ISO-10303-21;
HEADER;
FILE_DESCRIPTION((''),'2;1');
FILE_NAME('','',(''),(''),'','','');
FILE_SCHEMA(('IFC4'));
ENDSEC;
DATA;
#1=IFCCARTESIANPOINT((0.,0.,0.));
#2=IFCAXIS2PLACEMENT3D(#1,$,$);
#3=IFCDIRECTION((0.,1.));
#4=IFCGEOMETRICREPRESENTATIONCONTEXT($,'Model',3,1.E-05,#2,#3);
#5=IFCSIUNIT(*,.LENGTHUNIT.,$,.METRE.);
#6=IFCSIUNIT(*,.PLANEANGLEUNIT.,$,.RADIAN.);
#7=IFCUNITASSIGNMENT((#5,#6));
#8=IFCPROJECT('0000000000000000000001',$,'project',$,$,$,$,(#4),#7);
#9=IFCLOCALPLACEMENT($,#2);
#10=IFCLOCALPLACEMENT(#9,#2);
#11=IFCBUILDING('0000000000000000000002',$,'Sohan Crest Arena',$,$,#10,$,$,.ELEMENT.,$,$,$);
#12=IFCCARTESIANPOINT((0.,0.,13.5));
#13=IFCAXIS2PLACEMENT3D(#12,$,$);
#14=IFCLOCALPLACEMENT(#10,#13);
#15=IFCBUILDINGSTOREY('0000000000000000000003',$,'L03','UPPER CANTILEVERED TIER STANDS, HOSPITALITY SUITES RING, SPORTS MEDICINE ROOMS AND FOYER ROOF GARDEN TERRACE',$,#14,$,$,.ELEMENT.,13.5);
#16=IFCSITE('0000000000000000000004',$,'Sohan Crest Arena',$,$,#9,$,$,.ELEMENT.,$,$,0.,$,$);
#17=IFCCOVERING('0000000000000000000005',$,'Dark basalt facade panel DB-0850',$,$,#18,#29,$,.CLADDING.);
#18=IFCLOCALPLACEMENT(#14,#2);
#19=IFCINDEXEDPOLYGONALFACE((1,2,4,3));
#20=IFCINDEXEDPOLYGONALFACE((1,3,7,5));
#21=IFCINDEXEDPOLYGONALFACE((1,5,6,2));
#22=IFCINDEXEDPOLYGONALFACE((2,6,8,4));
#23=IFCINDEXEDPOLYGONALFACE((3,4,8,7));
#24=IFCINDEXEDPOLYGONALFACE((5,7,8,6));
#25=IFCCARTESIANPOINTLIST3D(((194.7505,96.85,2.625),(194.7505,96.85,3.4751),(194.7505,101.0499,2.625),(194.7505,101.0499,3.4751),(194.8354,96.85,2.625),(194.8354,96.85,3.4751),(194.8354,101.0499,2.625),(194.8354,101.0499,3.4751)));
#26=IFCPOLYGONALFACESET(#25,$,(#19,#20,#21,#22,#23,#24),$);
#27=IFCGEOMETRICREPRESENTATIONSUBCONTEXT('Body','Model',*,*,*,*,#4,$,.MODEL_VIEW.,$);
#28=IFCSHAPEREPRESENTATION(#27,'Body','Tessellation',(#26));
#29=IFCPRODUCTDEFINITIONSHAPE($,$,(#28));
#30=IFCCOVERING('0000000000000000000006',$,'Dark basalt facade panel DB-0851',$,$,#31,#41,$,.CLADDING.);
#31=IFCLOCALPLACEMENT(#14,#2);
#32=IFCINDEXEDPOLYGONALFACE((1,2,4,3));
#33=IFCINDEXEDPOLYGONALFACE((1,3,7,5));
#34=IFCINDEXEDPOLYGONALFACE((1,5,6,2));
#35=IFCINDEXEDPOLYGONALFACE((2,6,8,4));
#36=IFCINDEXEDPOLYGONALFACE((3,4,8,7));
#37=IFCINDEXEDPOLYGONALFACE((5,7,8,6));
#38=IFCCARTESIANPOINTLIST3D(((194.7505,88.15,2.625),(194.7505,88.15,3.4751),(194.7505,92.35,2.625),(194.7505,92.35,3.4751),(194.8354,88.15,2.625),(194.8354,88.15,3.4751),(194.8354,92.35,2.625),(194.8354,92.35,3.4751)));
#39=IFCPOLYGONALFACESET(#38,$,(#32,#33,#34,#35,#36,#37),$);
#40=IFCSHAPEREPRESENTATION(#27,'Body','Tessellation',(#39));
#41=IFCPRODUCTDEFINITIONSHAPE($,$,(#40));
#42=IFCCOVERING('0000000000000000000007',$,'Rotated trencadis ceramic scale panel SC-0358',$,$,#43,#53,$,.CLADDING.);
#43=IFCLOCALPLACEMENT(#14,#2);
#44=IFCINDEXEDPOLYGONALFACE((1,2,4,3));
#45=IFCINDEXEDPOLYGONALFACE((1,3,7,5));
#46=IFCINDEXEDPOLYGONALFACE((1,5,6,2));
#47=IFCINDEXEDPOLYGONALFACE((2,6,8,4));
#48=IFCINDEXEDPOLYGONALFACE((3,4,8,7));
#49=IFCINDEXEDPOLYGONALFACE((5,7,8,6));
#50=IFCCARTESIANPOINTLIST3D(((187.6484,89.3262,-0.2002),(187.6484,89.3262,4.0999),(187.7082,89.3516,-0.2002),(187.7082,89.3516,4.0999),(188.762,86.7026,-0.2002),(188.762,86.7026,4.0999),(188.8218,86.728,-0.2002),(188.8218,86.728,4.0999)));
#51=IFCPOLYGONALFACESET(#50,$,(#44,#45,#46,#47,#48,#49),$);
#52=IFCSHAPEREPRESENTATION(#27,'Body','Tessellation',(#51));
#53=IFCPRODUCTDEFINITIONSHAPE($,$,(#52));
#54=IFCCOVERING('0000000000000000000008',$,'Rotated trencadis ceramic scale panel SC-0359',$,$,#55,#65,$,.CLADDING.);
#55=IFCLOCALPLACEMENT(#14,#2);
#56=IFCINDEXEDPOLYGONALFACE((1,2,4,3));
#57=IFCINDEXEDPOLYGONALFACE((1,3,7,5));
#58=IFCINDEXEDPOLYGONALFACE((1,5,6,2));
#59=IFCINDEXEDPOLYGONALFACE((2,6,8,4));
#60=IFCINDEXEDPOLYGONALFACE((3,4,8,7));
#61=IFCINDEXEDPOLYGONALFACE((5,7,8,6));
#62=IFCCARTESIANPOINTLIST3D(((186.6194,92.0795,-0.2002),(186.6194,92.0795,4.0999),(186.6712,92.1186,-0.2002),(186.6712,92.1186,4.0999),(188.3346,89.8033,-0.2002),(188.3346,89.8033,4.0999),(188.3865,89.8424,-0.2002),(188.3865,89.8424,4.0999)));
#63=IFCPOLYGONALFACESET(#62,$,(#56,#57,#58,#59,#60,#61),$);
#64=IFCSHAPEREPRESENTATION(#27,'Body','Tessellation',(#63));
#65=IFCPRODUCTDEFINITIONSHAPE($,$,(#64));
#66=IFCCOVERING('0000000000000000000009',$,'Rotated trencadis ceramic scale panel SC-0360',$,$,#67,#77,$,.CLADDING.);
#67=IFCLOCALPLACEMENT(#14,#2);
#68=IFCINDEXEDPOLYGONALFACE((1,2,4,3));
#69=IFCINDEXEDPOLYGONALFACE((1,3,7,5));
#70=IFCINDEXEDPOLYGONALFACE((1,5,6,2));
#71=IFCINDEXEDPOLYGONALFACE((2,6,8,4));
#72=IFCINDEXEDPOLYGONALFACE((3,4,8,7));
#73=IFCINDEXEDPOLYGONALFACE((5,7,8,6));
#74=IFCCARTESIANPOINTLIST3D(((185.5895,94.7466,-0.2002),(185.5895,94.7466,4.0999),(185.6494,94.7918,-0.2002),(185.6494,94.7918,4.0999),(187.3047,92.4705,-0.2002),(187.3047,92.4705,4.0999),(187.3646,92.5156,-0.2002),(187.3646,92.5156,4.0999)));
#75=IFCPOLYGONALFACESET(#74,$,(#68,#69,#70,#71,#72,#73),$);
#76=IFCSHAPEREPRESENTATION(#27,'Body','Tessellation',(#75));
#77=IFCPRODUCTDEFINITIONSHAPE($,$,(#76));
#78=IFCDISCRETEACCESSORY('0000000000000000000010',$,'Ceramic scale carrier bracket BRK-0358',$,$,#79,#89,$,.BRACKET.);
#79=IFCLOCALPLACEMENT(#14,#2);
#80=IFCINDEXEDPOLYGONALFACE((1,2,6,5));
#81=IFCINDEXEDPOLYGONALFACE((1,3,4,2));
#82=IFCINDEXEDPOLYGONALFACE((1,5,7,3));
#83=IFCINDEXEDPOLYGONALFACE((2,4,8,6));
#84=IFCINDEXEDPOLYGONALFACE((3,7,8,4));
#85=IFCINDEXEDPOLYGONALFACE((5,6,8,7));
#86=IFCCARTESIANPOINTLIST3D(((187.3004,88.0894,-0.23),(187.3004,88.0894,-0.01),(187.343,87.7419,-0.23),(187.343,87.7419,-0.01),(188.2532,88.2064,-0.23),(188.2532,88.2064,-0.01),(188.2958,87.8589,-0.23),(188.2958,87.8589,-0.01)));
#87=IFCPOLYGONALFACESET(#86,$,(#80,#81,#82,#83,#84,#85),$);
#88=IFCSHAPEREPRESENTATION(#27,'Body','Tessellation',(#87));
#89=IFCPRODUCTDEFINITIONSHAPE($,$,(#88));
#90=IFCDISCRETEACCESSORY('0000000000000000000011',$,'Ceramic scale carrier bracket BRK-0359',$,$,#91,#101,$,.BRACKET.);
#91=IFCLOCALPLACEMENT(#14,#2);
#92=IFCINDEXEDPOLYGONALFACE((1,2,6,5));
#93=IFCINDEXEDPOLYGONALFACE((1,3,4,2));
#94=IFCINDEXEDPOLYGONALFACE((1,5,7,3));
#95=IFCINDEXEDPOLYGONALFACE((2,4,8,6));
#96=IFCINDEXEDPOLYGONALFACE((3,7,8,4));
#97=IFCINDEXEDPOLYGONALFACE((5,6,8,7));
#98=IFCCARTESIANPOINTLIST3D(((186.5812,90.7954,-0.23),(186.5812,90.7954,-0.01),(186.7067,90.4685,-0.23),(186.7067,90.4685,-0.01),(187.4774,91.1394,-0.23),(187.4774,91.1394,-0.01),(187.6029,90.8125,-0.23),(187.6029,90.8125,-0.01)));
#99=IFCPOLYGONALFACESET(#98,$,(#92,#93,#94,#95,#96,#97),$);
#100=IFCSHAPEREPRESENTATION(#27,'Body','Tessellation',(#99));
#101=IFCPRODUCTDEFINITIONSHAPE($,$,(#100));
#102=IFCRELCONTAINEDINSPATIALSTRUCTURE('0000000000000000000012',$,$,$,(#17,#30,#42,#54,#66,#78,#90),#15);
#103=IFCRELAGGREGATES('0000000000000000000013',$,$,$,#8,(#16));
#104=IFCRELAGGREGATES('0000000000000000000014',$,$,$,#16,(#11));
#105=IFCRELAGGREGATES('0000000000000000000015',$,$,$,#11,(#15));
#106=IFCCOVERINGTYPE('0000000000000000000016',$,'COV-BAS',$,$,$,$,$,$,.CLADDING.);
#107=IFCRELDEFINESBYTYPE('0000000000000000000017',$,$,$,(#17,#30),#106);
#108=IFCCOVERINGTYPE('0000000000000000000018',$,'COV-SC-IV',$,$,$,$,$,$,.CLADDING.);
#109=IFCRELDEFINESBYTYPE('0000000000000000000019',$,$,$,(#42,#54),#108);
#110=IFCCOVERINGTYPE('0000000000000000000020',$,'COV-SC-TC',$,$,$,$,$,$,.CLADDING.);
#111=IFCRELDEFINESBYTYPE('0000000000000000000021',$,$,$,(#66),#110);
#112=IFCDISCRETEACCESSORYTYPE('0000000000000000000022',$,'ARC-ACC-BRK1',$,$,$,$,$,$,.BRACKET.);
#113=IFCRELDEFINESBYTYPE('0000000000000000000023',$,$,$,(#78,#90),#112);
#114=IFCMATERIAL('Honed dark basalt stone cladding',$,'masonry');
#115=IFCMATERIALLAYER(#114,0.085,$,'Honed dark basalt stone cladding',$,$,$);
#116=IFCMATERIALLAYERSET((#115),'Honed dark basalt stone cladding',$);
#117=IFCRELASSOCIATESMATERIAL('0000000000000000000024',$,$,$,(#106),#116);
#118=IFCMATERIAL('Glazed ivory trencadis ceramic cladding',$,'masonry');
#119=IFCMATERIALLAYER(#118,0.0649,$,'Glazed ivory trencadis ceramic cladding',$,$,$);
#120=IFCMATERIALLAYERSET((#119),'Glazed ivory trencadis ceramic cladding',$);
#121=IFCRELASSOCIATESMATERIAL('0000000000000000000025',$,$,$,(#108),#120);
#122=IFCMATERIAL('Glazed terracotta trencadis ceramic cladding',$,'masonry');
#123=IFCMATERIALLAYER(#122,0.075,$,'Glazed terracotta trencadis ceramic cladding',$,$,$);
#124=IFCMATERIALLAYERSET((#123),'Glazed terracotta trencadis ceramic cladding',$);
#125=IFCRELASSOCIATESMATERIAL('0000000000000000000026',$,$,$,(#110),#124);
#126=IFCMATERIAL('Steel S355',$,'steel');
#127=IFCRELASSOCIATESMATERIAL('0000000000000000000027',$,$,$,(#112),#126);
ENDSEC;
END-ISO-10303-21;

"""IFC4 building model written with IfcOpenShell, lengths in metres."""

from ifc_helpers import new_model, si_unit, direction, frame, origin, origin_2d, place, context, subcontext, project, spatial, rectangle, extrude, material, layer, layer_set, type_object, element, save


model = new_model("IFC4")

# Units and contexts
model_context = context("Model", 3, precision=1e-05, world=origin(), true_north=direction((0.0, 1.0)))
body_context = subcontext(model_context, "Body", "Model", "MODEL_VIEW")
ifc_project = project(units=[si_unit("LENGTHUNIT", "METRE"), si_unit("PLANEANGLEUNIT", "RADIAN")], contexts=[model_context])

# Site, building, storey
site_placement = place(None, origin())
site = spatial("IfcSite", under=ifc_project, at=site_placement, Name="Sohan Crest Arena", CompositionType="ELEMENT", RefElevation=0.0)
building_placement = place(site_placement, origin())
building = spatial("IfcBuilding", under=site, at=building_placement, Name="Sohan Crest Arena", CompositionType="ELEMENT")
storey_placement = place(building_placement, frame((0.0, 0.0, 13.5)))
storey = spatial("IfcBuildingStorey", under=building, at=storey_placement, Name="L03", Description="UPPER CANTILEVERED TIER STANDS, HOSPITALITY SUITES RING, SPORTS MEDICINE ROOMS AND FOYER ROOF GARDEN TERRACE", CompositionType="ELEMENT", Elevation=13.5)

# Shared definitions
ifc_material_1 = material(Name="Steel S355", Category="steel")

# Coverings
ifc_material_2 = material(Name="Honed dark basalt stone cladding", Category="masonry")
ifc_layer_1 = layer(ifc_material_2, 0.085, Name="Honed dark basalt stone cladding")
ifc_layer_set_1 = layer_set([ifc_layer_1], Name="Honed dark basalt stone cladding")
covering_type_1 = type_object("IfcCoveringType", Name="COV-BAS", PredefinedType="CLADDING", material=ifc_layer_set_1)
for number, where, z_axis, x_axis, name in (
    (1, (194.793, 98.95, 2.625), (0.0, 0.0, 1.0), (0.0, -1.0, 0.0), "Dark basalt facade panel DB-0850"),
    (2, (194.793, 90.25, 2.625), (0.0, 0.0, 1.0), (0.0, -1.0, 0.0), "Dark basalt facade panel DB-0851"),
):
    element("IfcCovering", number, at=place(storey_placement, frame(where, z_axis=z_axis, x_axis=x_axis)), inside=storey, type_object=covering_type_1, Name=name, PredefinedType="CLADDING", context=body_context, shape_type="SweptSolid", body=[
        extrude(rectangle(XDim=4.2, YDim=0.085, at=origin_2d()), origin(), (0.0, 0.0, 1.0), 0.8501),
    ])
ifc_material_3 = material(Name="Glazed ivory trencadis ceramic cladding", Category="masonry")
ifc_layer_2 = layer(ifc_material_3, 0.0649, Name="Glazed ivory trencadis ceramic cladding")
ifc_layer_set_2 = layer_set([ifc_layer_2], Name="Glazed ivory trencadis ceramic cladding")
covering_type_2 = type_object("IfcCoveringType", Name="COV-SC-IV", PredefinedType="CLADDING", material=ifc_layer_set_2)
for number, where, z_axis, x_axis, name in (
    (3, (188.2351, 88.0271, -0.2002), (0.0, 0.0, 1.0), (-0.390731, 0.920505, 0.0), "Rotated trencadis ceramic scale panel SC-0358"),
    (4, (187.5029, 90.9609, -0.2002), (0.0, 0.0, 1.0), (-0.601815, 0.798636, 0.0), "Rotated trencadis ceramic scale panel SC-0359"),
):
    element("IfcCovering", number, at=place(storey_placement, frame(where, z_axis=z_axis, x_axis=x_axis)), inside=storey, type_object=covering_type_2, Name=name, PredefinedType="CLADDING", context=body_context, shape_type="SweptSolid", body=[
        extrude(rectangle(XDim=2.8501, YDim=0.0649, at=origin_2d()), origin(), (0.0, 0.0, 1.0), 4.3),
    ])
ifc_material_4 = material(Name="Glazed terracotta trencadis ceramic cladding", Category="masonry")
ifc_layer_3 = layer(ifc_material_4, 0.075, Name="Glazed terracotta trencadis ceramic cladding")
ifc_layer_set_3 = layer_set([ifc_layer_3], Name="Glazed terracotta trencadis ceramic cladding")
covering_type_3 = type_object("IfcCoveringType", Name="COV-SC-TC", PredefinedType="CLADDING", material=ifc_layer_set_3)
covering_placement = place(storey_placement, frame((186.4771, 93.6311, -0.2002), z_axis=(0.0, 0.0, 1.0), x_axis=(-0.601815, 0.798636, 0.0)))
element("IfcCovering", 5, at=covering_placement, inside=storey, type_object=covering_type_3, Name="Rotated trencadis ceramic scale panel SC-0360", PredefinedType="CLADDING", context=body_context, shape_type="SweptSolid", body=[
    extrude(rectangle(XDim=2.8501, YDim=0.075, at=origin_2d()), origin(), (0.0, 0.0, 1.0), 4.3),
])

# Discrete accessories
discrete_accessory_type = type_object("IfcDiscreteAccessoryType", Name="ARC-ACC-BRK1", PredefinedType="BRACKET", material=ifc_material_1)
for number, where, z_axis, x_axis, name in (
    (6, (187.7981, 87.9741, -0.23), (0.0, 0.0, 1.0), (-0.121869, 0.992546, 0.0), "Ceramic scale carrier bracket BRK-0358"),
    (7, (187.092, 90.804, -0.23), (0.0, 0.0, 1.0), (-0.358368, 0.93358, 0.0), "Ceramic scale carrier bracket BRK-0359"),
):
    element("IfcDiscreteAccessory", number, at=place(storey_placement, frame(where, z_axis=z_axis, x_axis=x_axis)), inside=storey, type_object=discrete_accessory_type, Name=name, PredefinedType="BRACKET", context=body_context, shape_type="SweptSolid", body=[
        extrude(rectangle(XDim=0.3501, YDim=0.96, at=origin_2d()), origin(), (0.0, 0.0, 1.0), 0.22),
    ])

save(model, "model.ifc")
